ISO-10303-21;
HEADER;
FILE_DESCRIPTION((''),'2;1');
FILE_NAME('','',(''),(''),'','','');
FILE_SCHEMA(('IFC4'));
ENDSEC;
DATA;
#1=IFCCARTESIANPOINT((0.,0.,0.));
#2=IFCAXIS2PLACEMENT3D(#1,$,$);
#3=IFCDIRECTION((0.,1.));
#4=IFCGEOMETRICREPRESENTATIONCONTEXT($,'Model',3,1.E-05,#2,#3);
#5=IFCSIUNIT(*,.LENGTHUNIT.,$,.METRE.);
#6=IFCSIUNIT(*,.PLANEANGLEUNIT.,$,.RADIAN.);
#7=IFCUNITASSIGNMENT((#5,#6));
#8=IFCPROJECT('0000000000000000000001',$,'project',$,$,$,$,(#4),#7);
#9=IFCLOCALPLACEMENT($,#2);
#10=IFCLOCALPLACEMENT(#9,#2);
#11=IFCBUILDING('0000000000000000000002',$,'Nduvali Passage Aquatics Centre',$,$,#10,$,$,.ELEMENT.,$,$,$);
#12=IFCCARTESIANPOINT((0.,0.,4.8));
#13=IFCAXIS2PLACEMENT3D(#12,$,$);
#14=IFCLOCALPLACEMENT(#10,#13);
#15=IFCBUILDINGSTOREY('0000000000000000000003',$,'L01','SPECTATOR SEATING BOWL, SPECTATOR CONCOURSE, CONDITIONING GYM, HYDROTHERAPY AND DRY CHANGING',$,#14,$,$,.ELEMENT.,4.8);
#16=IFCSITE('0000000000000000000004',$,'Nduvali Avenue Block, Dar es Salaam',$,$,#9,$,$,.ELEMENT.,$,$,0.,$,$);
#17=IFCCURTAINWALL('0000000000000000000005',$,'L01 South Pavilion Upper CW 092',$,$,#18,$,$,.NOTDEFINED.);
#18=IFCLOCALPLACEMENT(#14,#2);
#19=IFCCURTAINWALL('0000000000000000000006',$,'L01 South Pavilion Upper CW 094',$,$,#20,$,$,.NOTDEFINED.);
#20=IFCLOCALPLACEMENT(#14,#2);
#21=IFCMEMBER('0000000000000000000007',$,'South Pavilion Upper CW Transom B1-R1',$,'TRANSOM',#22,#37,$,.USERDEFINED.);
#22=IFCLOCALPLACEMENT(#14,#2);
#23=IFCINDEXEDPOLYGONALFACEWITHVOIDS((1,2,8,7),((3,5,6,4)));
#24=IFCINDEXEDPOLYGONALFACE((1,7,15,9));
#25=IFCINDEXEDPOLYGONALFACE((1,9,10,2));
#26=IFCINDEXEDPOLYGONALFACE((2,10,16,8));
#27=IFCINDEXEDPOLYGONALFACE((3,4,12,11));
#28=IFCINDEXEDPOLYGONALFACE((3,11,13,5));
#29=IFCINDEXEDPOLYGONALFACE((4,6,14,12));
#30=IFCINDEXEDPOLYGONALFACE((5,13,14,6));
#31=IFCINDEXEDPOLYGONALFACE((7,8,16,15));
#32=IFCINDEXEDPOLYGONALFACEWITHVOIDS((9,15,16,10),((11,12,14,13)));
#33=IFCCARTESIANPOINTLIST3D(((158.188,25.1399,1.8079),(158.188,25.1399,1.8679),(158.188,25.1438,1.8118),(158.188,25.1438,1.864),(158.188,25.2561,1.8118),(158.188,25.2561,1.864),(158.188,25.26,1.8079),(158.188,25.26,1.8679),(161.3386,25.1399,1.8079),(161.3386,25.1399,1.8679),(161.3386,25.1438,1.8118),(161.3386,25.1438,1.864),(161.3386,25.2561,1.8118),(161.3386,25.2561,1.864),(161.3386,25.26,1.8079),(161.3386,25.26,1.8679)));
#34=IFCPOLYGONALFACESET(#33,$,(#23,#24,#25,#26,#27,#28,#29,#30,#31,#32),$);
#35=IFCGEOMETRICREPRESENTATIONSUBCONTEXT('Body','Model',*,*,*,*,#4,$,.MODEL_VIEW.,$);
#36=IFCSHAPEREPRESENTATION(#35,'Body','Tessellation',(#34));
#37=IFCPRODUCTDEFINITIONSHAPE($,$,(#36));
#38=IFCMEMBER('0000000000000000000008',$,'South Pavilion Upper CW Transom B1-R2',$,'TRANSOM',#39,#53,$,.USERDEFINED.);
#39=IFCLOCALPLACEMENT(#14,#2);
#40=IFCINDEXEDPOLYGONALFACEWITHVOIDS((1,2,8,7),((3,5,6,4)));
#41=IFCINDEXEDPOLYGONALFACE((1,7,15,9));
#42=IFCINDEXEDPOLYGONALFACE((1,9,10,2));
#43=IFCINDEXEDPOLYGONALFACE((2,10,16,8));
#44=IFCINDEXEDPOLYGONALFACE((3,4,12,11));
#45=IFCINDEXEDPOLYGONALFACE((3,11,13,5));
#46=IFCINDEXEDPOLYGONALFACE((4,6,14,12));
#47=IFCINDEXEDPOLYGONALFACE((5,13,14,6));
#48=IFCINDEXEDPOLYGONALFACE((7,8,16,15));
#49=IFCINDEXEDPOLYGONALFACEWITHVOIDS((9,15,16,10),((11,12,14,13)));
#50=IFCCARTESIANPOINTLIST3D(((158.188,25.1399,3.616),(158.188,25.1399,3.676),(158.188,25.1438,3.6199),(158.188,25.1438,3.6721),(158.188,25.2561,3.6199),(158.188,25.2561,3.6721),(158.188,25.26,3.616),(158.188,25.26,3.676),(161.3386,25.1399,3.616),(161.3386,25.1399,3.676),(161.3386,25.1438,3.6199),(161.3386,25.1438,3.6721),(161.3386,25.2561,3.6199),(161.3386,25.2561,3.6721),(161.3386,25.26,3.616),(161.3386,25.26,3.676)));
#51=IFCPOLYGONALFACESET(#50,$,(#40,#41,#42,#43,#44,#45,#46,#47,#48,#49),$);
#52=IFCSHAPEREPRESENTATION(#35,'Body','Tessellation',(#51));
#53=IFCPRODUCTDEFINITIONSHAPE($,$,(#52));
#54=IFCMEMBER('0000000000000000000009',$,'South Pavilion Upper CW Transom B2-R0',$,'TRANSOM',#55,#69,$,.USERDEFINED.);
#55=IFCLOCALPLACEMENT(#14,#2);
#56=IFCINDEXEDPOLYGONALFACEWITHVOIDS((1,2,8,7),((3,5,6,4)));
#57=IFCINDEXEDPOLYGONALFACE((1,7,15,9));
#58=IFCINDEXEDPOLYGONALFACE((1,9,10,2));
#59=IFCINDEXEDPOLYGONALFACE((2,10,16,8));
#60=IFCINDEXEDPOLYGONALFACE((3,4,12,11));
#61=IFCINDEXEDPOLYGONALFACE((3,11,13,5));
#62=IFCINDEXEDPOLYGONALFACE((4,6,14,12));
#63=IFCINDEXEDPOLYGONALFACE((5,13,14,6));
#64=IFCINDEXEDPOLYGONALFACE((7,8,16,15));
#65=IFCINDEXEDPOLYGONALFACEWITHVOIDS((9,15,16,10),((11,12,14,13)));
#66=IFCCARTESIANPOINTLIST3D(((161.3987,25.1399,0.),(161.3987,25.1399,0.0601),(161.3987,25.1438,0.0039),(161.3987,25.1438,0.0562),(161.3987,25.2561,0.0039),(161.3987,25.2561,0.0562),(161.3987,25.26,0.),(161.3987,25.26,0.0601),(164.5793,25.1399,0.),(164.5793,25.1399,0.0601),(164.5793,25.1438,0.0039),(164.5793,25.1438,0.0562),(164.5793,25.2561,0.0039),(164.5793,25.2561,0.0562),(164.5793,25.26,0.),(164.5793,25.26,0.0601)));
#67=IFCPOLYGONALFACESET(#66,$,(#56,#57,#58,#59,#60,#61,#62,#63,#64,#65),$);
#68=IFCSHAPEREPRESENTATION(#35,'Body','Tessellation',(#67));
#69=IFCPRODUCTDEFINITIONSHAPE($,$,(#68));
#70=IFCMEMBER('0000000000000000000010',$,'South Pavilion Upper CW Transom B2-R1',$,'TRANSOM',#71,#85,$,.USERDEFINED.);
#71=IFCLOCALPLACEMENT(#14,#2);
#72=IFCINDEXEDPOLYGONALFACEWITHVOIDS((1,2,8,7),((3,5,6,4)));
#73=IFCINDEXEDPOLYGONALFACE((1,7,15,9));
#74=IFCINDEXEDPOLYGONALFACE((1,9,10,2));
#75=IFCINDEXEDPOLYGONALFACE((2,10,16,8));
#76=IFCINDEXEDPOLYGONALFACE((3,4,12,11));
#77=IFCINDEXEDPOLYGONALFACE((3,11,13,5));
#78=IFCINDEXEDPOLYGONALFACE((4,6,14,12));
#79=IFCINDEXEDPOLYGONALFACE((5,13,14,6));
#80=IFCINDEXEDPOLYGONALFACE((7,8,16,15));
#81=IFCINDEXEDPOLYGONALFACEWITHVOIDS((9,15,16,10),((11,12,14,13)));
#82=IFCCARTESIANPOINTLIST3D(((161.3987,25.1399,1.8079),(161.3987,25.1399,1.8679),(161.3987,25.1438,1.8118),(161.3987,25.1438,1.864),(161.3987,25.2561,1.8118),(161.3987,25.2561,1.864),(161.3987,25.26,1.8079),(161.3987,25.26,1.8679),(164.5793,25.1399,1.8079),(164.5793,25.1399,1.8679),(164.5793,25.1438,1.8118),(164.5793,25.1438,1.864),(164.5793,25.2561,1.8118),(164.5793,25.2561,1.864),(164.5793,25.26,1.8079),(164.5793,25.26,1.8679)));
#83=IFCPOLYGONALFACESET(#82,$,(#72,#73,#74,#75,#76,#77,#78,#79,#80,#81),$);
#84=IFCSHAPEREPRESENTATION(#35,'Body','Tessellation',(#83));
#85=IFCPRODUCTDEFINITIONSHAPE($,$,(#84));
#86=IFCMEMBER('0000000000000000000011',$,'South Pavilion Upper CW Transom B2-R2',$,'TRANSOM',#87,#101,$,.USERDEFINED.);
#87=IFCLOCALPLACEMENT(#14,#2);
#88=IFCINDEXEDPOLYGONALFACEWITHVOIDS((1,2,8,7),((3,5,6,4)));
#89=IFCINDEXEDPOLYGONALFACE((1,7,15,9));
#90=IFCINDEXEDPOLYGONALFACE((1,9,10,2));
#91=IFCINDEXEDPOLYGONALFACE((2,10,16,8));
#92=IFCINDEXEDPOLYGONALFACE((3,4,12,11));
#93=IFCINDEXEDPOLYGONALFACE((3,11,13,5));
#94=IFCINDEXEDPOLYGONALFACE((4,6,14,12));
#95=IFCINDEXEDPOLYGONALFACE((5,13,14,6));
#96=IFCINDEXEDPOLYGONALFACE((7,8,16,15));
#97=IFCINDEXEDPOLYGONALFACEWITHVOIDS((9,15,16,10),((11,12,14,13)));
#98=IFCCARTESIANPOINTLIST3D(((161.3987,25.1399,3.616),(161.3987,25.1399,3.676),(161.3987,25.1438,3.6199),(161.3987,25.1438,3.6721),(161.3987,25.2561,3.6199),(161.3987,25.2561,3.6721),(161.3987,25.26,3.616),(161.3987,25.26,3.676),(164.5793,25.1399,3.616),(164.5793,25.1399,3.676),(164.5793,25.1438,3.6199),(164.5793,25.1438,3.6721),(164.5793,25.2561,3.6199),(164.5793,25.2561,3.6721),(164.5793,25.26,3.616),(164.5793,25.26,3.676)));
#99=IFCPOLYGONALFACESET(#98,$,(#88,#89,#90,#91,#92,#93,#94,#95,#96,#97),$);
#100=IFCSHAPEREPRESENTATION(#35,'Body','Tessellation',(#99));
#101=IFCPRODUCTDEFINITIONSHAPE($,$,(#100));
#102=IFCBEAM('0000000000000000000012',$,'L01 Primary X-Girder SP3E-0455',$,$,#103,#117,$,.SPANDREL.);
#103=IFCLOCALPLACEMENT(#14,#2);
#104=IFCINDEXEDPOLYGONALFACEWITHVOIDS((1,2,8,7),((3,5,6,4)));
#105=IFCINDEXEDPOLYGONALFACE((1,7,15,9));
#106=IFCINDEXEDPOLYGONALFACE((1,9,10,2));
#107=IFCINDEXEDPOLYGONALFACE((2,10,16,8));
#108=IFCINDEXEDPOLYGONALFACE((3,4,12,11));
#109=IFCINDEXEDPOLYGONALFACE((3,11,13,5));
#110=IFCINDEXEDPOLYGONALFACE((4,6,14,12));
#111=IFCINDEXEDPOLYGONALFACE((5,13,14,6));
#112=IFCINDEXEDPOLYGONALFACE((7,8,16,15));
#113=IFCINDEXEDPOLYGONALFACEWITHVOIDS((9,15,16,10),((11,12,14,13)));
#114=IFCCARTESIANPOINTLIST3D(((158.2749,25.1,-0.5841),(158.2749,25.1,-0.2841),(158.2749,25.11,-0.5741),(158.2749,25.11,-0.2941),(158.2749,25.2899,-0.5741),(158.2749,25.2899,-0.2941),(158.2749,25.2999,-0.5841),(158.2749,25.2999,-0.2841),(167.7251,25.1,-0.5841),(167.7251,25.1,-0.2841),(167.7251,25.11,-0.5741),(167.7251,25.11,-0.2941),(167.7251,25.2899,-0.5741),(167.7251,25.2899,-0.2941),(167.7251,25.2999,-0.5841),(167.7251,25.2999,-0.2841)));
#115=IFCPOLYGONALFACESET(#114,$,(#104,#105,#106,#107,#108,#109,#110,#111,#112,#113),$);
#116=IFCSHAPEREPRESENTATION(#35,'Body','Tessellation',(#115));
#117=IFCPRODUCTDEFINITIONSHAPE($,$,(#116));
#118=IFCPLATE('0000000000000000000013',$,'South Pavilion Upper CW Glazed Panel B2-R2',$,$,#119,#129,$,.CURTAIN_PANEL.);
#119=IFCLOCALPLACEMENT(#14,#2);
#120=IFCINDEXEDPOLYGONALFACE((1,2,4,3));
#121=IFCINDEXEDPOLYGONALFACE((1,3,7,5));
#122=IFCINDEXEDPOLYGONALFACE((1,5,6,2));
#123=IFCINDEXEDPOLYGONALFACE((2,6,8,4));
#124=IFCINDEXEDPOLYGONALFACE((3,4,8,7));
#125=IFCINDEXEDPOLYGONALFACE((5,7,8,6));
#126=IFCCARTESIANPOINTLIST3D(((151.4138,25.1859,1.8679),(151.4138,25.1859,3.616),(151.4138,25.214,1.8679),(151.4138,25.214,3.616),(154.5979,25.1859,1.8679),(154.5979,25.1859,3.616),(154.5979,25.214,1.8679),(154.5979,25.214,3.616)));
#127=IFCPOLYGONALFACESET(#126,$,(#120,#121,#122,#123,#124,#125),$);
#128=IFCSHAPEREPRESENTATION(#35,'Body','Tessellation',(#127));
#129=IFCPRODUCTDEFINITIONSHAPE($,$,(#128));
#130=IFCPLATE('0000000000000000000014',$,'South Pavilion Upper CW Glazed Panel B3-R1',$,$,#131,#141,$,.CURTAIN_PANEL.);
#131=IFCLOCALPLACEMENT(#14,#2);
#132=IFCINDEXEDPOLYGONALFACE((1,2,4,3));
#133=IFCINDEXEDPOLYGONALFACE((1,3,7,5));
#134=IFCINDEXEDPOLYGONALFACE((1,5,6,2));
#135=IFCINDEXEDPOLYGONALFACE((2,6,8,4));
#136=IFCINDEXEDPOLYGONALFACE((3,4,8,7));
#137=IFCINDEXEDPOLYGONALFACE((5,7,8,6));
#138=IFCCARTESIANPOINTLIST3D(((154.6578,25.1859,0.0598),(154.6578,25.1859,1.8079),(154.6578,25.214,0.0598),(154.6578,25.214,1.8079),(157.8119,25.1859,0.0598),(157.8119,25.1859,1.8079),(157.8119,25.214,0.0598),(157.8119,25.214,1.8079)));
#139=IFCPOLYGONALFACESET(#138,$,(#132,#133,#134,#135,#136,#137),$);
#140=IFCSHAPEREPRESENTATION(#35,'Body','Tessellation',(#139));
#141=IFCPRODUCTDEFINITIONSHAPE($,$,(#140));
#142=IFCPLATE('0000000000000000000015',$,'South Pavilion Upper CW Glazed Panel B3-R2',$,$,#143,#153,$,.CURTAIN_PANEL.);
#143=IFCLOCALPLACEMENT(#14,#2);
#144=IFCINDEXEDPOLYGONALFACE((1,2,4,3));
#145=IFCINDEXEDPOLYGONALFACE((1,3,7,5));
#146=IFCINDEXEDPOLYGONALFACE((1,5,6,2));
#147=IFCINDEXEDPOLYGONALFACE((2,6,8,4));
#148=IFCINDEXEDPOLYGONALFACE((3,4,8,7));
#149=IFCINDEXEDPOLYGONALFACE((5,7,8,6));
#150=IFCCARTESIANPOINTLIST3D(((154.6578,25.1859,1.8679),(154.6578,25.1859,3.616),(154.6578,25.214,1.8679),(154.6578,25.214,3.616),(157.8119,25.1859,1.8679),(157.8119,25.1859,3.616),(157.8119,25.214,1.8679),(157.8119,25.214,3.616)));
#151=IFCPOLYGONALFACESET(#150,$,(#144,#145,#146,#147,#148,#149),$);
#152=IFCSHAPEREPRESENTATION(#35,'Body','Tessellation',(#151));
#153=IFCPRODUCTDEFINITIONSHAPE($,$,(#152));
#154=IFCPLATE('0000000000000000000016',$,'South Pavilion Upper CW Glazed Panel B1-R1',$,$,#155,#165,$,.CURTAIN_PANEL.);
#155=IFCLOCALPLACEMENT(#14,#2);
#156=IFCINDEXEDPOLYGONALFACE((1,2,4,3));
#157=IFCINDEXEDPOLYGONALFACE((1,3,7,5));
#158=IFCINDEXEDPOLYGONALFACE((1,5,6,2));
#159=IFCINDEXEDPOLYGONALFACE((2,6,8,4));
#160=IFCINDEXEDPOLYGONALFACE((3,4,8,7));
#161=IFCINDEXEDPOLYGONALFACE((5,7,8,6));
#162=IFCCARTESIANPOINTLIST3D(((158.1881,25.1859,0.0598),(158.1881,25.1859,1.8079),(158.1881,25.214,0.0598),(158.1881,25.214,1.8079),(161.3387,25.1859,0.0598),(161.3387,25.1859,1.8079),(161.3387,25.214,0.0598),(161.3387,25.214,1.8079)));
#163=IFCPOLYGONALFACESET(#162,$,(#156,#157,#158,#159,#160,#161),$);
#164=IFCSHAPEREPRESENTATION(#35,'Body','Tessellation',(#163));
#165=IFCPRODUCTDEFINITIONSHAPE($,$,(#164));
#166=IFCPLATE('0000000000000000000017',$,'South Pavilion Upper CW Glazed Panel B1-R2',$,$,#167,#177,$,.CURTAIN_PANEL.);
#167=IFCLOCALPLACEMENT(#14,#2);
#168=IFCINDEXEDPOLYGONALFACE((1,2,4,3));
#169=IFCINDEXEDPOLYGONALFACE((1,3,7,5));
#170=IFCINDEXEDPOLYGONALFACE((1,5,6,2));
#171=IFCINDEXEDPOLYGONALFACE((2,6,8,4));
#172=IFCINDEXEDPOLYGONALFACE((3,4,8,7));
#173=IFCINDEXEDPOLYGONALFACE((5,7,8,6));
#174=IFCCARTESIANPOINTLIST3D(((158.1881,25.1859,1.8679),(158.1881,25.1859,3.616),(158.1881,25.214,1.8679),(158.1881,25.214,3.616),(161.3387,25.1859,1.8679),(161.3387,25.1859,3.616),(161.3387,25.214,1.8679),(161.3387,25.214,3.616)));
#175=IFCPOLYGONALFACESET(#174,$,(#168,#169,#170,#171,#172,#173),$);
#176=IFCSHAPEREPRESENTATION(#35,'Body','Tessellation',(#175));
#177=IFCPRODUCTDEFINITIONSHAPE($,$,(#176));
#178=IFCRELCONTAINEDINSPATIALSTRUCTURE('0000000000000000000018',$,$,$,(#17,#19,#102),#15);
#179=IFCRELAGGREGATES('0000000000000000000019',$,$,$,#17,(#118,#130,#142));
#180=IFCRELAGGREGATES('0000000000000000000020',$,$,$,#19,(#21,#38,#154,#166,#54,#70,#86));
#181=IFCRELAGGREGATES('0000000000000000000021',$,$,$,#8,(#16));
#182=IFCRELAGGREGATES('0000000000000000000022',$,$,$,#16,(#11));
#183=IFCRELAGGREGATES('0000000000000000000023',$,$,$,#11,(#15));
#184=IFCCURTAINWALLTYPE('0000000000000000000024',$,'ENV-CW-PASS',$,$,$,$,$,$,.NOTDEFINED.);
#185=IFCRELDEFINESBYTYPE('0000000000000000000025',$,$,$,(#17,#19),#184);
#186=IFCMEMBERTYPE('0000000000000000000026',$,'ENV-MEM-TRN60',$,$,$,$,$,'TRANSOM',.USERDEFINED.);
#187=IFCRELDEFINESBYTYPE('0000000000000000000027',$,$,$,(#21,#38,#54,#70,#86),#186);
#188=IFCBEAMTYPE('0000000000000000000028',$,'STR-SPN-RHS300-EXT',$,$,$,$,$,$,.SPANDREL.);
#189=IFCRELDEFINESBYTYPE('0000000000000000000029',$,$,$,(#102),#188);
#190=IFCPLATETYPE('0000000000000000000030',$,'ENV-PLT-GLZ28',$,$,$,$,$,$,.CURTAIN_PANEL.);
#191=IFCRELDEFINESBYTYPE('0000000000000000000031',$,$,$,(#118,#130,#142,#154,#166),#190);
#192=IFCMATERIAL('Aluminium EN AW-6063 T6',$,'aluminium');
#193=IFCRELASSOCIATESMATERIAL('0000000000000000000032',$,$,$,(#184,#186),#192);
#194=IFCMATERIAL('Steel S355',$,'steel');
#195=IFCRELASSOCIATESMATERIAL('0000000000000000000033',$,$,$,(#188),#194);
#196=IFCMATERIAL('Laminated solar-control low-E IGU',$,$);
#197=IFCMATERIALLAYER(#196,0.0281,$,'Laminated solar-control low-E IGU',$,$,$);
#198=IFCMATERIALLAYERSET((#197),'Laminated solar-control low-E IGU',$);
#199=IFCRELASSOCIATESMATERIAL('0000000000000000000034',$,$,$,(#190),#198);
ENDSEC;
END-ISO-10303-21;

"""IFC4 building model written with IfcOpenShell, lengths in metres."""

from ifc_helpers import new_model, si_unit, direction, frame, origin, origin_2d, place, context, subcontext, project, spatial, rectangle, hollow_rectangle, extrude, material, layer, layer_set, material_profile, profile_set, type_object, element, aggregate, save


model = new_model("IFC4")

# Units and contexts
model_context = context("Model", 3, precision=1e-05, world=origin(), true_north=direction((0.0, 1.0)))
body_context = subcontext(model_context, "Body", "Model", "MODEL_VIEW")
ifc_project = project(units=[si_unit("LENGTHUNIT", "METRE"), si_unit("PLANEANGLEUNIT", "RADIAN")], contexts=[model_context])

# Site, building, storey
site_placement = place(None, origin())
site = spatial("IfcSite", under=ifc_project, at=site_placement, Name="Nduvali Avenue Block, Dar es Salaam", CompositionType="ELEMENT", RefElevation=0.0)
building_placement = place(site_placement, origin())
building = spatial("IfcBuilding", under=site, at=building_placement, Name="Nduvali Passage Aquatics Centre", CompositionType="ELEMENT")
storey_placement = place(building_placement, frame((0.0, 0.0, 4.8)))
storey = spatial("IfcBuildingStorey", under=building, at=storey_placement, Name="L01", Description="SPECTATOR SEATING BOWL, SPECTATOR CONCOURSE, CONDITIONING GYM, HYDROTHERAPY AND DRY CHANGING", CompositionType="ELEMENT", Elevation=4.8)

# Shared definitions
ifc_material_1 = material(Name="Steel S355", Category="steel")

# Curtain walls
ifc_material_2 = material(Name="Aluminium EN AW-6063 T6", Category="aluminium")
curtain_wall_type = type_object("IfcCurtainWallType", Name="ENV-CW-PASS", PredefinedType="NOTDEFINED", material=ifc_material_2)
curtain_wall_1_placement = place(storey_placement, origin())
curtain_wall_1 = element("IfcCurtainWall", 1, at=curtain_wall_1_placement, inside=storey, type_object=curtain_wall_type, Name="L01 South Pavilion Upper CW 092", PredefinedType="NOTDEFINED")
curtain_wall_2_placement = place(storey_placement, origin())
curtain_wall_2 = element("IfcCurtainWall", 2, at=curtain_wall_2_placement, inside=storey, type_object=curtain_wall_type, Name="L01 South Pavilion Upper CW 094", PredefinedType="NOTDEFINED")

# Members
ifc_material_profile_1 = material_profile(ifc_material_2, hollow_rectangle(XDim=0.1201, YDim=0.0601, WallThickness=0.0039, at=origin_2d()), Name="ALU TRANSOM 120x60x4")
ifc_profile_set_1 = profile_set([ifc_material_profile_1], Name="Aluminium EN AW-6063 T6")
member_type_1 = type_object("IfcMemberType", Name="ENV-MEM-TRN60", ElementType="TRANSOM", PredefinedType="USERDEFINED", material=ifc_profile_set_1)
member_1_placement = place(storey_placement, frame((158.188, 25.2, 1.8379), z_axis=(1.0, 0.0, 0.0), x_axis=(0.0, 1.0, 0.0)))
member_1 = element("IfcMember", 3, at=member_1_placement, type_object=member_type_1, Name="South Pavilion Upper CW Transom B1-R1", ObjectType="TRANSOM", PredefinedType="USERDEFINED", context=body_context, shape_type="SweptSolid", body=[
    extrude(hollow_rectangle(XDim=0.1201, YDim=0.0601, WallThickness=0.0039, at=origin_2d()), origin(), (0.0, 0.0, 1.0), 3.1506),
])
member_2_placement = place(storey_placement, frame((158.188, 25.2, 3.646), z_axis=(1.0, 0.0, 0.0), x_axis=(0.0, 1.0, 0.0)))
member_2 = element("IfcMember", 4, at=member_2_placement, type_object=member_type_1, Name="South Pavilion Upper CW Transom B1-R2", ObjectType="TRANSOM", PredefinedType="USERDEFINED", context=body_context, shape_type="SweptSolid", body=[
    extrude(hollow_rectangle(XDim=0.1201, YDim=0.0601, WallThickness=0.0039, at=origin_2d()), origin(), (0.0, 0.0, 1.0), 3.1506),
])
member_3_placement = place(storey_placement, frame((161.3987, 25.2, 0.03), z_axis=(1.0, 0.0, 0.0), x_axis=(0.0, 1.0, 0.0)))
member_3 = element("IfcMember", 5, at=member_3_placement, type_object=member_type_1, Name="South Pavilion Upper CW Transom B2-R0", ObjectType="TRANSOM", PredefinedType="USERDEFINED", context=body_context, shape_type="SweptSolid", body=[
    extrude(hollow_rectangle(XDim=0.1201, YDim=0.0601, WallThickness=0.0039, at=origin_2d()), origin(), (0.0, 0.0, 1.0), 3.1807),
])
member_4_placement = place(storey_placement, frame((161.3987, 25.2, 1.8379), z_axis=(1.0, 0.0, 0.0), x_axis=(0.0, 1.0, 0.0)))
member_4 = element("IfcMember", 6, at=member_4_placement, type_object=member_type_1, Name="South Pavilion Upper CW Transom B2-R1", ObjectType="TRANSOM", PredefinedType="USERDEFINED", context=body_context, shape_type="SweptSolid", body=[
    extrude(hollow_rectangle(XDim=0.1201, YDim=0.0601, WallThickness=0.0039, at=origin_2d()), origin(), (0.0, 0.0, 1.0), 3.1807),
])
member_5_placement = place(storey_placement, frame((161.3987, 25.2, 3.646), z_axis=(1.0, 0.0, 0.0), x_axis=(0.0, 1.0, 0.0)))
member_5 = element("IfcMember", 7, at=member_5_placement, type_object=member_type_1, Name="South Pavilion Upper CW Transom B2-R2", ObjectType="TRANSOM", PredefinedType="USERDEFINED", context=body_context, shape_type="SweptSolid", body=[
    extrude(hollow_rectangle(XDim=0.1201, YDim=0.0601, WallThickness=0.0039, at=origin_2d()), origin(), (0.0, 0.0, 1.0), 3.1807),
])

# Beam
ifc_material_profile_2 = material_profile(ifc_material_1, hollow_rectangle(XDim=0.2, YDim=0.3, WallThickness=0.01, at=origin_2d()), Name="RHS 300x200x10.0")
ifc_profile_set_2 = profile_set([ifc_material_profile_2], Name="Steel S355")
beam_type = type_object("IfcBeamType", Name="STR-SPN-RHS300-EXT", PredefinedType="SPANDREL", material=ifc_profile_set_2)
beam_placement = place(storey_placement, frame((158.2749, 25.2, -0.4341), z_axis=(1.0, 0.0, 0.0), x_axis=(0.0, 1.0, 0.0)))
element("IfcBeam", 8, at=beam_placement, inside=storey, type_object=beam_type, Name="L01 Primary X-Girder SP3E-0455", PredefinedType="SPANDREL", context=body_context, shape_type="SweptSolid", body=[
    extrude(hollow_rectangle(XDim=0.2, YDim=0.3, WallThickness=0.01, at=origin_2d()), origin(), (0.0, 0.0, 1.0), 9.4502),
])

# Plates
ifc_material_3 = material(Name="Laminated solar-control low-E IGU")
ifc_layer = layer(ifc_material_3, 0.0281, Name="Laminated solar-control low-E IGU")
ifc_layer_set = layer_set([ifc_layer], Name="Laminated solar-control low-E IGU")
plate_type = type_object("IfcPlateType", Name="ENV-PLT-GLZ28", PredefinedType="CURTAIN_PANEL", material=ifc_layer_set)
plate_1_placement = place(storey_placement, frame((153.0059, 25.2, 1.8679), z_axis=(0.0, 0.0, 1.0), x_axis=(1.0, 0.0, 0.0)))
plate_1 = element("IfcPlate", 9, at=plate_1_placement, type_object=plate_type, Name="South Pavilion Upper CW Glazed Panel B2-R2", PredefinedType="CURTAIN_PANEL", context=body_context, shape_type="SweptSolid", body=[
    extrude(rectangle(XDim=3.1841, YDim=0.0281, at=origin_2d()), origin(), (0.0, 0.0, 1.0), 1.748),
])
plate_2_placement = place(storey_placement, frame((156.2349, 25.2, 0.0598), z_axis=(0.0, 0.0, 1.0), x_axis=(1.0, 0.0, 0.0)))
plate_2 = element("IfcPlate", 10, at=plate_2_placement, type_object=plate_type, Name="South Pavilion Upper CW Glazed Panel B3-R1", PredefinedType="CURTAIN_PANEL", context=body_context, shape_type="SweptSolid", body=[
    extrude(rectangle(XDim=3.1541, YDim=0.0281, at=origin_2d()), origin(), (0.0, 0.0, 1.0), 1.748),
])
plate_3_placement = place(storey_placement, frame((156.2349, 25.2, 1.8679), z_axis=(0.0, 0.0, 1.0), x_axis=(1.0, 0.0, 0.0)))
plate_3 = element("IfcPlate", 11, at=plate_3_placement, type_object=plate_type, Name="South Pavilion Upper CW Glazed Panel B3-R2", PredefinedType="CURTAIN_PANEL", context=body_context, shape_type="SweptSolid", body=[
    extrude(rectangle(XDim=3.1541, YDim=0.0281, at=origin_2d()), origin(), (0.0, 0.0, 1.0), 1.748),
])
aggregate(curtain_wall_1, [plate_1, plate_2, plate_3])
plate_4_placement = place(storey_placement, frame((159.7634, 25.2, 0.0598), z_axis=(0.0, 0.0, 1.0), x_axis=(1.0, 0.0, 0.0)))
plate_4 = element("IfcPlate", 12, at=plate_4_placement, type_object=plate_type, Name="South Pavilion Upper CW Glazed Panel B1-R1", PredefinedType="CURTAIN_PANEL", context=body_context, shape_type="SweptSolid", body=[
    extrude(rectangle(XDim=3.1506, YDim=0.0281, at=origin_2d()), origin(), (0.0, 0.0, 1.0), 1.748),
])
plate_5_placement = place(storey_placement, frame((159.7634, 25.2, 1.8679), z_axis=(0.0, 0.0, 1.0), x_axis=(1.0, 0.0, 0.0)))
plate_5 = element("IfcPlate", 13, at=plate_5_placement, type_object=plate_type, Name="South Pavilion Upper CW Glazed Panel B1-R2", PredefinedType="CURTAIN_PANEL", context=body_context, shape_type="SweptSolid", body=[
    extrude(rectangle(XDim=3.1506, YDim=0.0281, at=origin_2d()), origin(), (0.0, 0.0, 1.0), 1.748),
])
aggregate(curtain_wall_2, [member_1, member_2, plate_4, plate_5, member_3, member_4, member_5])

save(model, "model.ifc")
